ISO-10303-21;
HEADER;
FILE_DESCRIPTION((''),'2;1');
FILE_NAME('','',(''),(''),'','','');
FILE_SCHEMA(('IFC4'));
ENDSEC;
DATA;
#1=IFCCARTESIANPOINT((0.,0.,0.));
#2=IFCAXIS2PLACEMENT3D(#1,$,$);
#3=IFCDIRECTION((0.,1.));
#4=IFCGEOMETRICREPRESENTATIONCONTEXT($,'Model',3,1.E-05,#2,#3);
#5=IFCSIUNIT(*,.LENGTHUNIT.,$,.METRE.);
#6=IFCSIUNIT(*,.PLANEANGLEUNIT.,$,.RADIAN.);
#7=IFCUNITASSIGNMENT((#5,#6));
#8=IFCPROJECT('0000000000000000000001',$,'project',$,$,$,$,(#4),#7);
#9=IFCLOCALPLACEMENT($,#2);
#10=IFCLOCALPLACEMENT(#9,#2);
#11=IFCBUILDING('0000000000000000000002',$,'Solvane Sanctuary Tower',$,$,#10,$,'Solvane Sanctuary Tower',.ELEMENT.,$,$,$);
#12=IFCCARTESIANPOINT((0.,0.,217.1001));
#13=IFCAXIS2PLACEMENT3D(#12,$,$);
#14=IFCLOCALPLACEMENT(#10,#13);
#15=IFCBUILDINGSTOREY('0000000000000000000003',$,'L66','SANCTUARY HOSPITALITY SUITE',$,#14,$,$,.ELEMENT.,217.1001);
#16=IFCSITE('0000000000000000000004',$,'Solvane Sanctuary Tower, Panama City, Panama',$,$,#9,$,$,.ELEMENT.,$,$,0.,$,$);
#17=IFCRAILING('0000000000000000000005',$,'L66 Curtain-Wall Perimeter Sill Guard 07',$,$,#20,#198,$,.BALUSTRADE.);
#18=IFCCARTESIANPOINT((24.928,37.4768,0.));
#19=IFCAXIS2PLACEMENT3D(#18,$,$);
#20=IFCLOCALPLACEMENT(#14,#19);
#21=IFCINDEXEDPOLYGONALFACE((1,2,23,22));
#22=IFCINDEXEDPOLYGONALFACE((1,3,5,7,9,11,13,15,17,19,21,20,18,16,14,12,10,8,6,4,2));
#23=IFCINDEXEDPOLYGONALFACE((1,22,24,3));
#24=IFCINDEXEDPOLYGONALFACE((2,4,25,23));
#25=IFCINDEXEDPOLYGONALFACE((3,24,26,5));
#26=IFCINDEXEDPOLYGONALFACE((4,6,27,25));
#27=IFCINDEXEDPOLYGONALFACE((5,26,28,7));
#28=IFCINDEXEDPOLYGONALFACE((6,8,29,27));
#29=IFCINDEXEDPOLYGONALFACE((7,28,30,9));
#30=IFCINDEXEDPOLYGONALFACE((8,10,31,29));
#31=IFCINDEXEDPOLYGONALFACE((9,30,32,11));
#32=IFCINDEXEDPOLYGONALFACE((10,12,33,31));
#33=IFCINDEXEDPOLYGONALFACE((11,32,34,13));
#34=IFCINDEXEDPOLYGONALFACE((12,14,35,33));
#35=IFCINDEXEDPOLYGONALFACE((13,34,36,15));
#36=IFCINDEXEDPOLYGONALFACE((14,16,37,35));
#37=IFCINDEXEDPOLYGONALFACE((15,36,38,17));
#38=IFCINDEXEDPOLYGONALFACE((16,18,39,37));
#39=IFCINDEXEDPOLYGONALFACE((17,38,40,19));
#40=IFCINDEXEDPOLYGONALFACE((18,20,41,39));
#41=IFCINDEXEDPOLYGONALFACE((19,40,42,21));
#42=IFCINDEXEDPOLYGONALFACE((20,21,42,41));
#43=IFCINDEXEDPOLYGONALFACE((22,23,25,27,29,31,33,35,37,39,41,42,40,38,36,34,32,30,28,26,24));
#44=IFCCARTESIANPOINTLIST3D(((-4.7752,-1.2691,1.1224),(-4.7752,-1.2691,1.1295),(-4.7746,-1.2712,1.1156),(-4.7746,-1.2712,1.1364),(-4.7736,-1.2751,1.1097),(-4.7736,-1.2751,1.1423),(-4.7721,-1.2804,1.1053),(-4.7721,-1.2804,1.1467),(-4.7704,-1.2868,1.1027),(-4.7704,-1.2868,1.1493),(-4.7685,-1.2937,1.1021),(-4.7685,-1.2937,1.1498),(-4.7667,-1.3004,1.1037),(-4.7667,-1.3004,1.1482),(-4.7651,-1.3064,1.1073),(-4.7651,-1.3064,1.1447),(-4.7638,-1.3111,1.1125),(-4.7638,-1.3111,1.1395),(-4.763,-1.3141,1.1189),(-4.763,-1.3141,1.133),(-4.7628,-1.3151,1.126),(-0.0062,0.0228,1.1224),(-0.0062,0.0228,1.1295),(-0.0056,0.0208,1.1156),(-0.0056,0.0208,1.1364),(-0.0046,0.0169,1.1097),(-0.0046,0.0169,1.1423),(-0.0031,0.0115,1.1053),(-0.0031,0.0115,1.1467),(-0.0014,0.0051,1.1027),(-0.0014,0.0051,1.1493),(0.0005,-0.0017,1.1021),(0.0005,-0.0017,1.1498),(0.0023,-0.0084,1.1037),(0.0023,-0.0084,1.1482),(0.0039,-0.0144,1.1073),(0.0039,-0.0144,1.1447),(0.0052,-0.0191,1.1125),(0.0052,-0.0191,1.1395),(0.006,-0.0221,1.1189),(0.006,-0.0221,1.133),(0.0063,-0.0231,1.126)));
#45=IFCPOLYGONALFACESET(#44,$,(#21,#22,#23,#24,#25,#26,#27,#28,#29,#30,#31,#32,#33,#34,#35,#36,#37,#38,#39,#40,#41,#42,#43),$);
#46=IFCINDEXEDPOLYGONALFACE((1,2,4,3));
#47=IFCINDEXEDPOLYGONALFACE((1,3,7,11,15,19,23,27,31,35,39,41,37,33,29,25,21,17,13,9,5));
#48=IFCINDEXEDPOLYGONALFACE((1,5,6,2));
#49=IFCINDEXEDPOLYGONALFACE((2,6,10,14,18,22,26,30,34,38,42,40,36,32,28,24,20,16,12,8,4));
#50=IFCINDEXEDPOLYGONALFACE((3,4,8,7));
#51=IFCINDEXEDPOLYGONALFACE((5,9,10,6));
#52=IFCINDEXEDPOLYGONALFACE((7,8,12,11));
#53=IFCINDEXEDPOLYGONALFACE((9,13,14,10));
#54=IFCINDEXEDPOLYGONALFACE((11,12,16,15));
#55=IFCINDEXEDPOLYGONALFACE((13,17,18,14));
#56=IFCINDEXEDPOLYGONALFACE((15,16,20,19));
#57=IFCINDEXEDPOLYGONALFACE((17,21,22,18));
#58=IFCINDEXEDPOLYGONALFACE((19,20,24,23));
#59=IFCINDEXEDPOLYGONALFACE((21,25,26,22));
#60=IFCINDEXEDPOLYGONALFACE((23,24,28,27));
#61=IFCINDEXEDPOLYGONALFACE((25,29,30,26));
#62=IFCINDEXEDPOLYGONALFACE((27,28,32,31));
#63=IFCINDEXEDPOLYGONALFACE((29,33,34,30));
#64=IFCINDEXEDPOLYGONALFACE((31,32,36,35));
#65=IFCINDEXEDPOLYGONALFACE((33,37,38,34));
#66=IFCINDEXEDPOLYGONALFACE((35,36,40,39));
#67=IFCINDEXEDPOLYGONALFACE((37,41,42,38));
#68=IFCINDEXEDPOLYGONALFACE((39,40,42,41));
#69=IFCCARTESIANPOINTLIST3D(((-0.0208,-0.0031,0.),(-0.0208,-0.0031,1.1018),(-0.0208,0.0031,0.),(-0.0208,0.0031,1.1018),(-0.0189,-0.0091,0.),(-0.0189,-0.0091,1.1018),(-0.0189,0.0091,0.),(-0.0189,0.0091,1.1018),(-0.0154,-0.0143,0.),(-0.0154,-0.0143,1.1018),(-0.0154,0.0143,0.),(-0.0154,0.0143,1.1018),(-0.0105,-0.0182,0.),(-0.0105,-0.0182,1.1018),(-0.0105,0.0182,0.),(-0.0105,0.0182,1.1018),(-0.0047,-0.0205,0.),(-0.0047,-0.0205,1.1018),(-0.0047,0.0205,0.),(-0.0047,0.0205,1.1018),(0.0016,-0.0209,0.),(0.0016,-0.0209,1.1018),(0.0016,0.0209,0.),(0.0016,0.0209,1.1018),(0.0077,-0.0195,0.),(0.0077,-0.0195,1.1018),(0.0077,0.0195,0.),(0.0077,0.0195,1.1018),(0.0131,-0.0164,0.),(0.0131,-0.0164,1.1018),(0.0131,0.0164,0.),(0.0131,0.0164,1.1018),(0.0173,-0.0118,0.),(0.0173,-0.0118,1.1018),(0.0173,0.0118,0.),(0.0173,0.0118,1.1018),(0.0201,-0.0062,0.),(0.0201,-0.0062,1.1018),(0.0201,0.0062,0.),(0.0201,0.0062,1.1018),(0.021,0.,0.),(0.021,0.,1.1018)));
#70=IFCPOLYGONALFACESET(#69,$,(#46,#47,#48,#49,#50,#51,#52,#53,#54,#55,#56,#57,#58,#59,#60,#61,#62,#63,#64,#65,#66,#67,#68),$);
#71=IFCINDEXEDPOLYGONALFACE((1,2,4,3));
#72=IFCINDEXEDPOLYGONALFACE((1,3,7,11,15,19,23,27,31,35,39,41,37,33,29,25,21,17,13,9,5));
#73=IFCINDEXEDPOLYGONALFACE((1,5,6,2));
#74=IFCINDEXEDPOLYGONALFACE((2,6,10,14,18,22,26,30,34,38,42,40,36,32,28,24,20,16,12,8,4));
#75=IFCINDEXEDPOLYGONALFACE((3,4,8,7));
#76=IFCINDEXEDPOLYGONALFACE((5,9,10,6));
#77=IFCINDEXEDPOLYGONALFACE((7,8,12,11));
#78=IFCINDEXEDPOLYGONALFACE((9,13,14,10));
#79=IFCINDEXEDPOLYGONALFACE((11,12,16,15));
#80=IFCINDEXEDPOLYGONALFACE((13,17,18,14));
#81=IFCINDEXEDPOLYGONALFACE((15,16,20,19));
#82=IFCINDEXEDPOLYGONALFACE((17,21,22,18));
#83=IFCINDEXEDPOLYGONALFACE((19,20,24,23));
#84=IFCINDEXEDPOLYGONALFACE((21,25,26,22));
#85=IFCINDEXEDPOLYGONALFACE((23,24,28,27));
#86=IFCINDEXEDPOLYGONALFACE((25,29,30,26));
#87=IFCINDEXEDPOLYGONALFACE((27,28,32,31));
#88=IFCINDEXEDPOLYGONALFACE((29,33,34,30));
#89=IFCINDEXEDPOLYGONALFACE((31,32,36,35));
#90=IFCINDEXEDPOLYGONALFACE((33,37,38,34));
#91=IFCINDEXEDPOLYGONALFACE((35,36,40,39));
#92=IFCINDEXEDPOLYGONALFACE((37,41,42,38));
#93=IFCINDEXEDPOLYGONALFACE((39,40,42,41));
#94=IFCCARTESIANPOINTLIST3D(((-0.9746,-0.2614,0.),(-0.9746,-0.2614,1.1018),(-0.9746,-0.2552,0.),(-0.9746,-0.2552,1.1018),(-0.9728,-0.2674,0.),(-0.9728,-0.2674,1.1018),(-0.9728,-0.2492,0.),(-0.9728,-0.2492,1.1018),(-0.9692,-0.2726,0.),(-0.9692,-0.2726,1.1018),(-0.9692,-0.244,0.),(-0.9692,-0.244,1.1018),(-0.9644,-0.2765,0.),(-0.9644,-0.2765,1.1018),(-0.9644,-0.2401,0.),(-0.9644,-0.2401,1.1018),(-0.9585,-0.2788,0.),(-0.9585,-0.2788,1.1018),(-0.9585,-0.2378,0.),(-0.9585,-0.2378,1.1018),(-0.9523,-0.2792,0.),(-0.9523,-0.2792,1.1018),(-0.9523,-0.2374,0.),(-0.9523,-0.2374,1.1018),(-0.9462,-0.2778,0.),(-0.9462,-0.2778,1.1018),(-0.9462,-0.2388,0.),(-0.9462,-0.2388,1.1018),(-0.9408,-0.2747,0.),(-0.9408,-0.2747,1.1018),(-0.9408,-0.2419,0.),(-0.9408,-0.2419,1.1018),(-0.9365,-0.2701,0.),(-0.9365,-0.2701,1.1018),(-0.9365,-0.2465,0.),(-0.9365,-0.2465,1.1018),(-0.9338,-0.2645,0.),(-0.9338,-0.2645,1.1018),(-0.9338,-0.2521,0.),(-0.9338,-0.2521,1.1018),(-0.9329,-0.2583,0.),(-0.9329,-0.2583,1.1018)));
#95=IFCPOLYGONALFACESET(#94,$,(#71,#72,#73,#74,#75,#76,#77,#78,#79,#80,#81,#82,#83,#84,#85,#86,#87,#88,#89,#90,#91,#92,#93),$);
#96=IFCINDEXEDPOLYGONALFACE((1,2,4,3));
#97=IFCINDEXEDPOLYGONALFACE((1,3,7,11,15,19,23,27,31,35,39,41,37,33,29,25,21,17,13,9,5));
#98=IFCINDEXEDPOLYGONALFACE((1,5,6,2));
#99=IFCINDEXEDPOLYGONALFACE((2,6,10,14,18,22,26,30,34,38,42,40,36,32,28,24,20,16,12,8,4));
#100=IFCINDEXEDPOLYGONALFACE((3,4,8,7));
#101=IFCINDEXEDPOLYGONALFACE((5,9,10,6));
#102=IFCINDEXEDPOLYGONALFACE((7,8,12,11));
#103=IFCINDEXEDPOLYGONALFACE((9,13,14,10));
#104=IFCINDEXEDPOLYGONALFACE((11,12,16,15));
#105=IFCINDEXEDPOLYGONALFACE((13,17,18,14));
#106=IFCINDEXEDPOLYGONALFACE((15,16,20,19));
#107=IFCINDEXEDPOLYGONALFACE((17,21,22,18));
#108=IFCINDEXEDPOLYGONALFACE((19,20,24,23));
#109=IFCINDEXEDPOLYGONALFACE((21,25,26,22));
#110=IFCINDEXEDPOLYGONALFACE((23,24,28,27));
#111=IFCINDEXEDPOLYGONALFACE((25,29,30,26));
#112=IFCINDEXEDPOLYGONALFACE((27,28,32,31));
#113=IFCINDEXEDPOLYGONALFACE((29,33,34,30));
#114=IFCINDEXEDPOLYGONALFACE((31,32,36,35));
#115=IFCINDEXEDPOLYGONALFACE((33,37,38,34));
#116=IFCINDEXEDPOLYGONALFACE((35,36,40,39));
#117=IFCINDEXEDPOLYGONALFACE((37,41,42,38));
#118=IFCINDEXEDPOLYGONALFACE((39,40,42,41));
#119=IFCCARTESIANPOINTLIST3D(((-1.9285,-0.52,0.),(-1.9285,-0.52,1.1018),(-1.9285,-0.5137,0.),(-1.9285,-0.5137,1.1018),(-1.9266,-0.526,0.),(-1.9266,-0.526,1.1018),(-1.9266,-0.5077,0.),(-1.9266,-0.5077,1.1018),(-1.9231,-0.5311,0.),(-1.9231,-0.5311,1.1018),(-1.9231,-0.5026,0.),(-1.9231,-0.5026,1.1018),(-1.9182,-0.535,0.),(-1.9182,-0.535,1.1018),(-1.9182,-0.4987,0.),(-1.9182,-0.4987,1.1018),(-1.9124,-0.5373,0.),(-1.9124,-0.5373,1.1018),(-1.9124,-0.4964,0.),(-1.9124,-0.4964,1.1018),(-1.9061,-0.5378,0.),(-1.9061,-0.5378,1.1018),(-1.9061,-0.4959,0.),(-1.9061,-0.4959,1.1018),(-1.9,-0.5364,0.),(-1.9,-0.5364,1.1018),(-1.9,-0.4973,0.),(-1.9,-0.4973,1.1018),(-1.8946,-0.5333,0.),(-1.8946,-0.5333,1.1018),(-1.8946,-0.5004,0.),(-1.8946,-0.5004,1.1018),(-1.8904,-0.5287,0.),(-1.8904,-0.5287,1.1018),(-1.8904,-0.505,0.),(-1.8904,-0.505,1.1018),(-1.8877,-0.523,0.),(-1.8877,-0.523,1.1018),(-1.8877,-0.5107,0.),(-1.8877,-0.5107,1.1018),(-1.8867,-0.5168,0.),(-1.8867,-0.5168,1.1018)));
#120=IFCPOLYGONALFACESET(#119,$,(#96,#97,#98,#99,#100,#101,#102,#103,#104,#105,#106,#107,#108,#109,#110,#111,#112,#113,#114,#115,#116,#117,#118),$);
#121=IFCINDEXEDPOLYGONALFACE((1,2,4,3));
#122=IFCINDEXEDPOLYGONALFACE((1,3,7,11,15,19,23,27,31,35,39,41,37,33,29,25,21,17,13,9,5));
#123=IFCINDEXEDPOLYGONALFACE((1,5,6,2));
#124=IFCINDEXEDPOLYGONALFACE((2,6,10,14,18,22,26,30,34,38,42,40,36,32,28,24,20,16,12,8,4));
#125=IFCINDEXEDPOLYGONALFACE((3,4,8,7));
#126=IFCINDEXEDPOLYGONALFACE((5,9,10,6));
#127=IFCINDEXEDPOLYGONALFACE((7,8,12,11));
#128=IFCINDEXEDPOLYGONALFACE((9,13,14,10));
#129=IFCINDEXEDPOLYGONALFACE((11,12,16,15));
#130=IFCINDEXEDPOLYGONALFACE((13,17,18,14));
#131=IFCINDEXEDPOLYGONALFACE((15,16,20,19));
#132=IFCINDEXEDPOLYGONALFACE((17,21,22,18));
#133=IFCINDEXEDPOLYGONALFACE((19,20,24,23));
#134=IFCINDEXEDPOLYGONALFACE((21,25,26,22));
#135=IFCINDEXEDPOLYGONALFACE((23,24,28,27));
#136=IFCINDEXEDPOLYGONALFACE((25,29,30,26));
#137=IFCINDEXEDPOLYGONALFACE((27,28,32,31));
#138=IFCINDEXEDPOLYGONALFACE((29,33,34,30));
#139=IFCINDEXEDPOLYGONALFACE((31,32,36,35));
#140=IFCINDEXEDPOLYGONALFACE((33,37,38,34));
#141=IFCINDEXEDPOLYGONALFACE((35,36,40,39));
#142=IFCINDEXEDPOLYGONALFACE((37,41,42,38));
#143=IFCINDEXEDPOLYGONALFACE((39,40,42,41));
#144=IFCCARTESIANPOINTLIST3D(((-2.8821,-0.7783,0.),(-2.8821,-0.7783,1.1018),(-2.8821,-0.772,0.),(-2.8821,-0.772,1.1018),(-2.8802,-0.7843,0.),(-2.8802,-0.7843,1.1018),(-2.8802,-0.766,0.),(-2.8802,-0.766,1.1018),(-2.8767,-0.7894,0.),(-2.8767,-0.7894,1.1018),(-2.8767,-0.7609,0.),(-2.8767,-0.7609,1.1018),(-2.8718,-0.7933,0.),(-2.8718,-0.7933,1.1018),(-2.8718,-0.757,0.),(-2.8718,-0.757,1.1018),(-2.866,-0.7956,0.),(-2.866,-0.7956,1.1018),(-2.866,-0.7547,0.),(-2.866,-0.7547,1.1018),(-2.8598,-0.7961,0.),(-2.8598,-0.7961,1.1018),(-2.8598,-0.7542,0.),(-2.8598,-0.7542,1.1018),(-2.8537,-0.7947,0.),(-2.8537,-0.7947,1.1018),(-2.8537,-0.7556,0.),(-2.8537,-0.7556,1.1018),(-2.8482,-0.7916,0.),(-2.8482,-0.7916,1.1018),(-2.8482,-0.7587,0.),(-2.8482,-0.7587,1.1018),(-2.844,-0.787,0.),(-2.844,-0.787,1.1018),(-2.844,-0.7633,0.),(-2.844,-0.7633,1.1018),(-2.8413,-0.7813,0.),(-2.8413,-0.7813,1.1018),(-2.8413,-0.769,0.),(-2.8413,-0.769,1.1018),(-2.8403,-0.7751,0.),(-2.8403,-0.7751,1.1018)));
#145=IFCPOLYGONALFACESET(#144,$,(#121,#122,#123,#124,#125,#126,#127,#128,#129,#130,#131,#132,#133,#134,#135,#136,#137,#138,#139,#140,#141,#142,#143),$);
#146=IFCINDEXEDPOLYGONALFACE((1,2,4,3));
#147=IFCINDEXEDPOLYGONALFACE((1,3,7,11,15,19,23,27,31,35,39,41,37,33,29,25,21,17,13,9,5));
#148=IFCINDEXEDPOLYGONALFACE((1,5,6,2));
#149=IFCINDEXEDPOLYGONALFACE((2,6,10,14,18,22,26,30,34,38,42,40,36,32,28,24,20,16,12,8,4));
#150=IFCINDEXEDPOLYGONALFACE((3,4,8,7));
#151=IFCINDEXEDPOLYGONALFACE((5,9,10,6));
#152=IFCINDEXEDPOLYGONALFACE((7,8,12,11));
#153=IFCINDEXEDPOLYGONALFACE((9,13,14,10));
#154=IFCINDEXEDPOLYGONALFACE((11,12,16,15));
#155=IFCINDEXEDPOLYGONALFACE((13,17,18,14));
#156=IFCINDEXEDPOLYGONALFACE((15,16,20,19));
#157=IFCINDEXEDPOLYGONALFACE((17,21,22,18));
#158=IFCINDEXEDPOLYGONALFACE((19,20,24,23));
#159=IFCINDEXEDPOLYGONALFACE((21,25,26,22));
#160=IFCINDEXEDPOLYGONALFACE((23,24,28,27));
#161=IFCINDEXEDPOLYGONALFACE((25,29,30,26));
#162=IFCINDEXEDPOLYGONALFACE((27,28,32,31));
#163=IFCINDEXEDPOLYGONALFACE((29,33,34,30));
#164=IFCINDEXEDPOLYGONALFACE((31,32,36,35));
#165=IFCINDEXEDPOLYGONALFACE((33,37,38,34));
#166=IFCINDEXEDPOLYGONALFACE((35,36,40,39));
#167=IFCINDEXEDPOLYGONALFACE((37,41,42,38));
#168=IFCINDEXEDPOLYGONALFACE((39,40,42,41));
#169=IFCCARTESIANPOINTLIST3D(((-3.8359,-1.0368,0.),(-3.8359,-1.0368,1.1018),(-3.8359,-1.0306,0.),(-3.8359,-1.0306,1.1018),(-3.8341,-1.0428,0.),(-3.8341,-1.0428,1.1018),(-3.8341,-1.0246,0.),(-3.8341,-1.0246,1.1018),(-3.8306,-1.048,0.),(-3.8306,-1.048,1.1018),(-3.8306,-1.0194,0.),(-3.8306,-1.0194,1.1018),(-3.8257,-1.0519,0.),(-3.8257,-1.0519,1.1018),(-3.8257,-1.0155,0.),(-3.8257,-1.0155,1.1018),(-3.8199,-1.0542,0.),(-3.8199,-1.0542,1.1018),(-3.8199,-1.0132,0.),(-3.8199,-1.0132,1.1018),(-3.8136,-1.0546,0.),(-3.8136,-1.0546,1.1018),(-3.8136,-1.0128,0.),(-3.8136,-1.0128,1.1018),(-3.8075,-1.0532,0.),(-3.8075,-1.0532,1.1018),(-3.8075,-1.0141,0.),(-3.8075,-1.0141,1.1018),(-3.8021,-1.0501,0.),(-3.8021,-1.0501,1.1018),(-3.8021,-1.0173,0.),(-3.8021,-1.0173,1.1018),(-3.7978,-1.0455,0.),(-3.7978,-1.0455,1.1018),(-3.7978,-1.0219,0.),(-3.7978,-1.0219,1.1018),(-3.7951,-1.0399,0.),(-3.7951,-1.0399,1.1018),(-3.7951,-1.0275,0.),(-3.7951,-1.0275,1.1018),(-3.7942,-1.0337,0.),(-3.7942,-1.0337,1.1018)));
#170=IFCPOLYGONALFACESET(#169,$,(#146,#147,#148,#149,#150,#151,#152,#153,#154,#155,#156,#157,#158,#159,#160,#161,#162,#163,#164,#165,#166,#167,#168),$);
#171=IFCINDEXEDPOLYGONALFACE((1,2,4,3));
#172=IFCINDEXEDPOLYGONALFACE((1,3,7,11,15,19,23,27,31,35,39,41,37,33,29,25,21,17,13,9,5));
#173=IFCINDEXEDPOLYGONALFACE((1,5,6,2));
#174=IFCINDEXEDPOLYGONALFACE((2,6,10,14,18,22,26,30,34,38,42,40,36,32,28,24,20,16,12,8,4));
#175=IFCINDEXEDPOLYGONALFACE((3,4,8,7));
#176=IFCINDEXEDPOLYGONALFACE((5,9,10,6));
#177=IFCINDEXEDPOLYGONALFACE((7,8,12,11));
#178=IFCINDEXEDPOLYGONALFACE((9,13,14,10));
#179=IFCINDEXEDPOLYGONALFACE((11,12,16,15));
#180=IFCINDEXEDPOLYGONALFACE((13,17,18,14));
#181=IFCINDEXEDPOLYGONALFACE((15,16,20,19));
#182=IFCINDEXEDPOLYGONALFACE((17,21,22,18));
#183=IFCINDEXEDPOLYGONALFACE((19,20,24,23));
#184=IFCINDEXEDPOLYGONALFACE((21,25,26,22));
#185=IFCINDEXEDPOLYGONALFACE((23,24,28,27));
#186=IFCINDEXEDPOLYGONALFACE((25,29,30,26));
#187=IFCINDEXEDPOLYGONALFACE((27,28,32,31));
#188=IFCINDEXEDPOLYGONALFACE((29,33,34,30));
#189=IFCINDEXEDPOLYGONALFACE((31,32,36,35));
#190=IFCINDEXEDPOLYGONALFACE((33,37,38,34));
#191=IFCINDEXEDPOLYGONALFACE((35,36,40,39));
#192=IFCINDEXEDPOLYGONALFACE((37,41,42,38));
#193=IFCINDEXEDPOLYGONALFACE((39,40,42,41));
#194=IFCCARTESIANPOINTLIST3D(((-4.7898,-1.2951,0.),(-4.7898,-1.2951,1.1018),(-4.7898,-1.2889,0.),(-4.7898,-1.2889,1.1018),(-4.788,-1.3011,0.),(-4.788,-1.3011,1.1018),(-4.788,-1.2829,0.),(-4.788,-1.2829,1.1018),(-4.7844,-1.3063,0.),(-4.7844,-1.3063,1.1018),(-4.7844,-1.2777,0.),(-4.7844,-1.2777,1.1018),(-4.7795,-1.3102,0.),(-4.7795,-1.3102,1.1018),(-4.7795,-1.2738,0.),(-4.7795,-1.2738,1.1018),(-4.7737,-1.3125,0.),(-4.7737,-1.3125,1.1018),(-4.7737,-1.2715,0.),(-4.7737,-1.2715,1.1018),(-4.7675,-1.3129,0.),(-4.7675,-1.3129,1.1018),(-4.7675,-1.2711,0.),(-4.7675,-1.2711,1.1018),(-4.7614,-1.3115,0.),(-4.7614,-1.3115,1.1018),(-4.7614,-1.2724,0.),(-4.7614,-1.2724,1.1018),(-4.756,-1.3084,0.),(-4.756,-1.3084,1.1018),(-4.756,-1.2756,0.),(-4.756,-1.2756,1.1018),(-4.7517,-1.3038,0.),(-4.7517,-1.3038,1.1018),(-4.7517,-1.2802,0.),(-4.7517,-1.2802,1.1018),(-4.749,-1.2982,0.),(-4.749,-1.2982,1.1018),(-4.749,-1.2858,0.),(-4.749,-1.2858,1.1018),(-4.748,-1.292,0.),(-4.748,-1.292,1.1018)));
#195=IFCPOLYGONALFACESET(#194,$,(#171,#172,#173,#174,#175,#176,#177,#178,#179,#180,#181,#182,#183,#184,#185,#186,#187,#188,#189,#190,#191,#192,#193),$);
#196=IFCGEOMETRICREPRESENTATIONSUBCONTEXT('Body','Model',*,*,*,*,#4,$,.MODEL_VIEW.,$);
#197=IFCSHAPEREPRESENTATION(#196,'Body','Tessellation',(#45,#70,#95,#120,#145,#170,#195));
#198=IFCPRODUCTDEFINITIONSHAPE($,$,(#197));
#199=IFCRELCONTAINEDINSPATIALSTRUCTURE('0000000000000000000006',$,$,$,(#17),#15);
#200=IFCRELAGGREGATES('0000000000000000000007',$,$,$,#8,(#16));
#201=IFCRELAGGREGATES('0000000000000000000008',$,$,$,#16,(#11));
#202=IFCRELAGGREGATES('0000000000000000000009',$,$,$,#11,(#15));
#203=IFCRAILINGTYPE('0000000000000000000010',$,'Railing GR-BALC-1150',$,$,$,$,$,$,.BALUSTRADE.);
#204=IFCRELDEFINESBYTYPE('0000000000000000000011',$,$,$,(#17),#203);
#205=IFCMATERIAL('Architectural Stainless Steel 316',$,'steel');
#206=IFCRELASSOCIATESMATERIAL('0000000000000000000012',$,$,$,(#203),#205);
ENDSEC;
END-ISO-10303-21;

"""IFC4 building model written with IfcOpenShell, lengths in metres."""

from ifc_helpers import new_model, si_unit, direction, frame, origin, origin_2d, place, context, subcontext, project, spatial, circle, extrude, material, type_object, element, save


model = new_model("IFC4")

# Units and contexts
model_context = context("Model", 3, precision=1e-05, world=origin(), true_north=direction((0.0, 1.0)))
body_context = subcontext(model_context, "Body", "Model", "MODEL_VIEW")
ifc_project = project(units=[si_unit("LENGTHUNIT", "METRE"), si_unit("PLANEANGLEUNIT", "RADIAN")], contexts=[model_context])

# Site, building, storey
site_placement = place(None, origin())
site = spatial("IfcSite", under=ifc_project, at=site_placement, Name="Solvane Sanctuary Tower, Panama City, Panama", CompositionType="ELEMENT", RefElevation=0.0)
building_placement = place(site_placement, origin())
building = spatial("IfcBuilding", under=site, at=building_placement, Name="Solvane Sanctuary Tower", LongName="Solvane Sanctuary Tower", CompositionType="ELEMENT")
storey_placement = place(building_placement, frame((0.0, 0.0, 217.1001)))
storey = spatial("IfcBuildingStorey", under=building, at=storey_placement, Name="L66", Description="SANCTUARY HOSPITALITY SUITE", CompositionType="ELEMENT", Elevation=217.1001)

# Railing
ifc_material_1 = material(Name="Architectural Stainless Steel 316", Category="steel")
railing_type = type_object("IfcRailingType", Name="Railing GR-BALC-1150", PredefinedType="BALUSTRADE", material=ifc_material_1)
railing_placement = place(storey_placement, frame((24.928, 37.4768, 0.0)))
element("IfcRailing", 1, at=railing_placement, inside=storey, type_object=railing_type, Name="L66 Curtain-Wall Perimeter Sill Guard 07", PredefinedType="BALUSTRADE", context=body_context, shape_type="SweptSolid", body=[
    extrude(circle(Radius=0.0239, at=origin_2d()), frame((0.0, 0.0, 1.126), z_axis=(-0.965207, -0.261486, 0.0), x_axis=(0.261486, -0.965207, 0.0)), (0.0, 0.0, 1.0), 4.9409),
    extrude(circle(Radius=0.021, at=origin_2d()), origin(), (0.0, 0.0, 1.0), 1.1018),
    extrude(circle(Radius=0.021, at=origin_2d()), frame((-0.9539, -0.2583, 0.0)), (0.0, 0.0, 1.0), 1.1018),
    extrude(circle(Radius=0.021, at=origin_2d()), frame((-1.9077, -0.5168, 0.0)), (0.0, 0.0, 1.0), 1.1018),
    extrude(circle(Radius=0.021, at=origin_2d()), frame((-2.8613, -0.7751, 0.0)), (0.0, 0.0, 1.0), 1.1018),
    extrude(circle(Radius=0.021, at=origin_2d()), frame((-3.8152, -1.0337, 0.0)), (0.0, 0.0, 1.0), 1.1018),
    extrude(circle(Radius=0.021, at=origin_2d()), frame((-4.769, -1.292, 0.0)), (0.0, 0.0, 1.0), 1.1018),
])

save(model, "model.ifc")
